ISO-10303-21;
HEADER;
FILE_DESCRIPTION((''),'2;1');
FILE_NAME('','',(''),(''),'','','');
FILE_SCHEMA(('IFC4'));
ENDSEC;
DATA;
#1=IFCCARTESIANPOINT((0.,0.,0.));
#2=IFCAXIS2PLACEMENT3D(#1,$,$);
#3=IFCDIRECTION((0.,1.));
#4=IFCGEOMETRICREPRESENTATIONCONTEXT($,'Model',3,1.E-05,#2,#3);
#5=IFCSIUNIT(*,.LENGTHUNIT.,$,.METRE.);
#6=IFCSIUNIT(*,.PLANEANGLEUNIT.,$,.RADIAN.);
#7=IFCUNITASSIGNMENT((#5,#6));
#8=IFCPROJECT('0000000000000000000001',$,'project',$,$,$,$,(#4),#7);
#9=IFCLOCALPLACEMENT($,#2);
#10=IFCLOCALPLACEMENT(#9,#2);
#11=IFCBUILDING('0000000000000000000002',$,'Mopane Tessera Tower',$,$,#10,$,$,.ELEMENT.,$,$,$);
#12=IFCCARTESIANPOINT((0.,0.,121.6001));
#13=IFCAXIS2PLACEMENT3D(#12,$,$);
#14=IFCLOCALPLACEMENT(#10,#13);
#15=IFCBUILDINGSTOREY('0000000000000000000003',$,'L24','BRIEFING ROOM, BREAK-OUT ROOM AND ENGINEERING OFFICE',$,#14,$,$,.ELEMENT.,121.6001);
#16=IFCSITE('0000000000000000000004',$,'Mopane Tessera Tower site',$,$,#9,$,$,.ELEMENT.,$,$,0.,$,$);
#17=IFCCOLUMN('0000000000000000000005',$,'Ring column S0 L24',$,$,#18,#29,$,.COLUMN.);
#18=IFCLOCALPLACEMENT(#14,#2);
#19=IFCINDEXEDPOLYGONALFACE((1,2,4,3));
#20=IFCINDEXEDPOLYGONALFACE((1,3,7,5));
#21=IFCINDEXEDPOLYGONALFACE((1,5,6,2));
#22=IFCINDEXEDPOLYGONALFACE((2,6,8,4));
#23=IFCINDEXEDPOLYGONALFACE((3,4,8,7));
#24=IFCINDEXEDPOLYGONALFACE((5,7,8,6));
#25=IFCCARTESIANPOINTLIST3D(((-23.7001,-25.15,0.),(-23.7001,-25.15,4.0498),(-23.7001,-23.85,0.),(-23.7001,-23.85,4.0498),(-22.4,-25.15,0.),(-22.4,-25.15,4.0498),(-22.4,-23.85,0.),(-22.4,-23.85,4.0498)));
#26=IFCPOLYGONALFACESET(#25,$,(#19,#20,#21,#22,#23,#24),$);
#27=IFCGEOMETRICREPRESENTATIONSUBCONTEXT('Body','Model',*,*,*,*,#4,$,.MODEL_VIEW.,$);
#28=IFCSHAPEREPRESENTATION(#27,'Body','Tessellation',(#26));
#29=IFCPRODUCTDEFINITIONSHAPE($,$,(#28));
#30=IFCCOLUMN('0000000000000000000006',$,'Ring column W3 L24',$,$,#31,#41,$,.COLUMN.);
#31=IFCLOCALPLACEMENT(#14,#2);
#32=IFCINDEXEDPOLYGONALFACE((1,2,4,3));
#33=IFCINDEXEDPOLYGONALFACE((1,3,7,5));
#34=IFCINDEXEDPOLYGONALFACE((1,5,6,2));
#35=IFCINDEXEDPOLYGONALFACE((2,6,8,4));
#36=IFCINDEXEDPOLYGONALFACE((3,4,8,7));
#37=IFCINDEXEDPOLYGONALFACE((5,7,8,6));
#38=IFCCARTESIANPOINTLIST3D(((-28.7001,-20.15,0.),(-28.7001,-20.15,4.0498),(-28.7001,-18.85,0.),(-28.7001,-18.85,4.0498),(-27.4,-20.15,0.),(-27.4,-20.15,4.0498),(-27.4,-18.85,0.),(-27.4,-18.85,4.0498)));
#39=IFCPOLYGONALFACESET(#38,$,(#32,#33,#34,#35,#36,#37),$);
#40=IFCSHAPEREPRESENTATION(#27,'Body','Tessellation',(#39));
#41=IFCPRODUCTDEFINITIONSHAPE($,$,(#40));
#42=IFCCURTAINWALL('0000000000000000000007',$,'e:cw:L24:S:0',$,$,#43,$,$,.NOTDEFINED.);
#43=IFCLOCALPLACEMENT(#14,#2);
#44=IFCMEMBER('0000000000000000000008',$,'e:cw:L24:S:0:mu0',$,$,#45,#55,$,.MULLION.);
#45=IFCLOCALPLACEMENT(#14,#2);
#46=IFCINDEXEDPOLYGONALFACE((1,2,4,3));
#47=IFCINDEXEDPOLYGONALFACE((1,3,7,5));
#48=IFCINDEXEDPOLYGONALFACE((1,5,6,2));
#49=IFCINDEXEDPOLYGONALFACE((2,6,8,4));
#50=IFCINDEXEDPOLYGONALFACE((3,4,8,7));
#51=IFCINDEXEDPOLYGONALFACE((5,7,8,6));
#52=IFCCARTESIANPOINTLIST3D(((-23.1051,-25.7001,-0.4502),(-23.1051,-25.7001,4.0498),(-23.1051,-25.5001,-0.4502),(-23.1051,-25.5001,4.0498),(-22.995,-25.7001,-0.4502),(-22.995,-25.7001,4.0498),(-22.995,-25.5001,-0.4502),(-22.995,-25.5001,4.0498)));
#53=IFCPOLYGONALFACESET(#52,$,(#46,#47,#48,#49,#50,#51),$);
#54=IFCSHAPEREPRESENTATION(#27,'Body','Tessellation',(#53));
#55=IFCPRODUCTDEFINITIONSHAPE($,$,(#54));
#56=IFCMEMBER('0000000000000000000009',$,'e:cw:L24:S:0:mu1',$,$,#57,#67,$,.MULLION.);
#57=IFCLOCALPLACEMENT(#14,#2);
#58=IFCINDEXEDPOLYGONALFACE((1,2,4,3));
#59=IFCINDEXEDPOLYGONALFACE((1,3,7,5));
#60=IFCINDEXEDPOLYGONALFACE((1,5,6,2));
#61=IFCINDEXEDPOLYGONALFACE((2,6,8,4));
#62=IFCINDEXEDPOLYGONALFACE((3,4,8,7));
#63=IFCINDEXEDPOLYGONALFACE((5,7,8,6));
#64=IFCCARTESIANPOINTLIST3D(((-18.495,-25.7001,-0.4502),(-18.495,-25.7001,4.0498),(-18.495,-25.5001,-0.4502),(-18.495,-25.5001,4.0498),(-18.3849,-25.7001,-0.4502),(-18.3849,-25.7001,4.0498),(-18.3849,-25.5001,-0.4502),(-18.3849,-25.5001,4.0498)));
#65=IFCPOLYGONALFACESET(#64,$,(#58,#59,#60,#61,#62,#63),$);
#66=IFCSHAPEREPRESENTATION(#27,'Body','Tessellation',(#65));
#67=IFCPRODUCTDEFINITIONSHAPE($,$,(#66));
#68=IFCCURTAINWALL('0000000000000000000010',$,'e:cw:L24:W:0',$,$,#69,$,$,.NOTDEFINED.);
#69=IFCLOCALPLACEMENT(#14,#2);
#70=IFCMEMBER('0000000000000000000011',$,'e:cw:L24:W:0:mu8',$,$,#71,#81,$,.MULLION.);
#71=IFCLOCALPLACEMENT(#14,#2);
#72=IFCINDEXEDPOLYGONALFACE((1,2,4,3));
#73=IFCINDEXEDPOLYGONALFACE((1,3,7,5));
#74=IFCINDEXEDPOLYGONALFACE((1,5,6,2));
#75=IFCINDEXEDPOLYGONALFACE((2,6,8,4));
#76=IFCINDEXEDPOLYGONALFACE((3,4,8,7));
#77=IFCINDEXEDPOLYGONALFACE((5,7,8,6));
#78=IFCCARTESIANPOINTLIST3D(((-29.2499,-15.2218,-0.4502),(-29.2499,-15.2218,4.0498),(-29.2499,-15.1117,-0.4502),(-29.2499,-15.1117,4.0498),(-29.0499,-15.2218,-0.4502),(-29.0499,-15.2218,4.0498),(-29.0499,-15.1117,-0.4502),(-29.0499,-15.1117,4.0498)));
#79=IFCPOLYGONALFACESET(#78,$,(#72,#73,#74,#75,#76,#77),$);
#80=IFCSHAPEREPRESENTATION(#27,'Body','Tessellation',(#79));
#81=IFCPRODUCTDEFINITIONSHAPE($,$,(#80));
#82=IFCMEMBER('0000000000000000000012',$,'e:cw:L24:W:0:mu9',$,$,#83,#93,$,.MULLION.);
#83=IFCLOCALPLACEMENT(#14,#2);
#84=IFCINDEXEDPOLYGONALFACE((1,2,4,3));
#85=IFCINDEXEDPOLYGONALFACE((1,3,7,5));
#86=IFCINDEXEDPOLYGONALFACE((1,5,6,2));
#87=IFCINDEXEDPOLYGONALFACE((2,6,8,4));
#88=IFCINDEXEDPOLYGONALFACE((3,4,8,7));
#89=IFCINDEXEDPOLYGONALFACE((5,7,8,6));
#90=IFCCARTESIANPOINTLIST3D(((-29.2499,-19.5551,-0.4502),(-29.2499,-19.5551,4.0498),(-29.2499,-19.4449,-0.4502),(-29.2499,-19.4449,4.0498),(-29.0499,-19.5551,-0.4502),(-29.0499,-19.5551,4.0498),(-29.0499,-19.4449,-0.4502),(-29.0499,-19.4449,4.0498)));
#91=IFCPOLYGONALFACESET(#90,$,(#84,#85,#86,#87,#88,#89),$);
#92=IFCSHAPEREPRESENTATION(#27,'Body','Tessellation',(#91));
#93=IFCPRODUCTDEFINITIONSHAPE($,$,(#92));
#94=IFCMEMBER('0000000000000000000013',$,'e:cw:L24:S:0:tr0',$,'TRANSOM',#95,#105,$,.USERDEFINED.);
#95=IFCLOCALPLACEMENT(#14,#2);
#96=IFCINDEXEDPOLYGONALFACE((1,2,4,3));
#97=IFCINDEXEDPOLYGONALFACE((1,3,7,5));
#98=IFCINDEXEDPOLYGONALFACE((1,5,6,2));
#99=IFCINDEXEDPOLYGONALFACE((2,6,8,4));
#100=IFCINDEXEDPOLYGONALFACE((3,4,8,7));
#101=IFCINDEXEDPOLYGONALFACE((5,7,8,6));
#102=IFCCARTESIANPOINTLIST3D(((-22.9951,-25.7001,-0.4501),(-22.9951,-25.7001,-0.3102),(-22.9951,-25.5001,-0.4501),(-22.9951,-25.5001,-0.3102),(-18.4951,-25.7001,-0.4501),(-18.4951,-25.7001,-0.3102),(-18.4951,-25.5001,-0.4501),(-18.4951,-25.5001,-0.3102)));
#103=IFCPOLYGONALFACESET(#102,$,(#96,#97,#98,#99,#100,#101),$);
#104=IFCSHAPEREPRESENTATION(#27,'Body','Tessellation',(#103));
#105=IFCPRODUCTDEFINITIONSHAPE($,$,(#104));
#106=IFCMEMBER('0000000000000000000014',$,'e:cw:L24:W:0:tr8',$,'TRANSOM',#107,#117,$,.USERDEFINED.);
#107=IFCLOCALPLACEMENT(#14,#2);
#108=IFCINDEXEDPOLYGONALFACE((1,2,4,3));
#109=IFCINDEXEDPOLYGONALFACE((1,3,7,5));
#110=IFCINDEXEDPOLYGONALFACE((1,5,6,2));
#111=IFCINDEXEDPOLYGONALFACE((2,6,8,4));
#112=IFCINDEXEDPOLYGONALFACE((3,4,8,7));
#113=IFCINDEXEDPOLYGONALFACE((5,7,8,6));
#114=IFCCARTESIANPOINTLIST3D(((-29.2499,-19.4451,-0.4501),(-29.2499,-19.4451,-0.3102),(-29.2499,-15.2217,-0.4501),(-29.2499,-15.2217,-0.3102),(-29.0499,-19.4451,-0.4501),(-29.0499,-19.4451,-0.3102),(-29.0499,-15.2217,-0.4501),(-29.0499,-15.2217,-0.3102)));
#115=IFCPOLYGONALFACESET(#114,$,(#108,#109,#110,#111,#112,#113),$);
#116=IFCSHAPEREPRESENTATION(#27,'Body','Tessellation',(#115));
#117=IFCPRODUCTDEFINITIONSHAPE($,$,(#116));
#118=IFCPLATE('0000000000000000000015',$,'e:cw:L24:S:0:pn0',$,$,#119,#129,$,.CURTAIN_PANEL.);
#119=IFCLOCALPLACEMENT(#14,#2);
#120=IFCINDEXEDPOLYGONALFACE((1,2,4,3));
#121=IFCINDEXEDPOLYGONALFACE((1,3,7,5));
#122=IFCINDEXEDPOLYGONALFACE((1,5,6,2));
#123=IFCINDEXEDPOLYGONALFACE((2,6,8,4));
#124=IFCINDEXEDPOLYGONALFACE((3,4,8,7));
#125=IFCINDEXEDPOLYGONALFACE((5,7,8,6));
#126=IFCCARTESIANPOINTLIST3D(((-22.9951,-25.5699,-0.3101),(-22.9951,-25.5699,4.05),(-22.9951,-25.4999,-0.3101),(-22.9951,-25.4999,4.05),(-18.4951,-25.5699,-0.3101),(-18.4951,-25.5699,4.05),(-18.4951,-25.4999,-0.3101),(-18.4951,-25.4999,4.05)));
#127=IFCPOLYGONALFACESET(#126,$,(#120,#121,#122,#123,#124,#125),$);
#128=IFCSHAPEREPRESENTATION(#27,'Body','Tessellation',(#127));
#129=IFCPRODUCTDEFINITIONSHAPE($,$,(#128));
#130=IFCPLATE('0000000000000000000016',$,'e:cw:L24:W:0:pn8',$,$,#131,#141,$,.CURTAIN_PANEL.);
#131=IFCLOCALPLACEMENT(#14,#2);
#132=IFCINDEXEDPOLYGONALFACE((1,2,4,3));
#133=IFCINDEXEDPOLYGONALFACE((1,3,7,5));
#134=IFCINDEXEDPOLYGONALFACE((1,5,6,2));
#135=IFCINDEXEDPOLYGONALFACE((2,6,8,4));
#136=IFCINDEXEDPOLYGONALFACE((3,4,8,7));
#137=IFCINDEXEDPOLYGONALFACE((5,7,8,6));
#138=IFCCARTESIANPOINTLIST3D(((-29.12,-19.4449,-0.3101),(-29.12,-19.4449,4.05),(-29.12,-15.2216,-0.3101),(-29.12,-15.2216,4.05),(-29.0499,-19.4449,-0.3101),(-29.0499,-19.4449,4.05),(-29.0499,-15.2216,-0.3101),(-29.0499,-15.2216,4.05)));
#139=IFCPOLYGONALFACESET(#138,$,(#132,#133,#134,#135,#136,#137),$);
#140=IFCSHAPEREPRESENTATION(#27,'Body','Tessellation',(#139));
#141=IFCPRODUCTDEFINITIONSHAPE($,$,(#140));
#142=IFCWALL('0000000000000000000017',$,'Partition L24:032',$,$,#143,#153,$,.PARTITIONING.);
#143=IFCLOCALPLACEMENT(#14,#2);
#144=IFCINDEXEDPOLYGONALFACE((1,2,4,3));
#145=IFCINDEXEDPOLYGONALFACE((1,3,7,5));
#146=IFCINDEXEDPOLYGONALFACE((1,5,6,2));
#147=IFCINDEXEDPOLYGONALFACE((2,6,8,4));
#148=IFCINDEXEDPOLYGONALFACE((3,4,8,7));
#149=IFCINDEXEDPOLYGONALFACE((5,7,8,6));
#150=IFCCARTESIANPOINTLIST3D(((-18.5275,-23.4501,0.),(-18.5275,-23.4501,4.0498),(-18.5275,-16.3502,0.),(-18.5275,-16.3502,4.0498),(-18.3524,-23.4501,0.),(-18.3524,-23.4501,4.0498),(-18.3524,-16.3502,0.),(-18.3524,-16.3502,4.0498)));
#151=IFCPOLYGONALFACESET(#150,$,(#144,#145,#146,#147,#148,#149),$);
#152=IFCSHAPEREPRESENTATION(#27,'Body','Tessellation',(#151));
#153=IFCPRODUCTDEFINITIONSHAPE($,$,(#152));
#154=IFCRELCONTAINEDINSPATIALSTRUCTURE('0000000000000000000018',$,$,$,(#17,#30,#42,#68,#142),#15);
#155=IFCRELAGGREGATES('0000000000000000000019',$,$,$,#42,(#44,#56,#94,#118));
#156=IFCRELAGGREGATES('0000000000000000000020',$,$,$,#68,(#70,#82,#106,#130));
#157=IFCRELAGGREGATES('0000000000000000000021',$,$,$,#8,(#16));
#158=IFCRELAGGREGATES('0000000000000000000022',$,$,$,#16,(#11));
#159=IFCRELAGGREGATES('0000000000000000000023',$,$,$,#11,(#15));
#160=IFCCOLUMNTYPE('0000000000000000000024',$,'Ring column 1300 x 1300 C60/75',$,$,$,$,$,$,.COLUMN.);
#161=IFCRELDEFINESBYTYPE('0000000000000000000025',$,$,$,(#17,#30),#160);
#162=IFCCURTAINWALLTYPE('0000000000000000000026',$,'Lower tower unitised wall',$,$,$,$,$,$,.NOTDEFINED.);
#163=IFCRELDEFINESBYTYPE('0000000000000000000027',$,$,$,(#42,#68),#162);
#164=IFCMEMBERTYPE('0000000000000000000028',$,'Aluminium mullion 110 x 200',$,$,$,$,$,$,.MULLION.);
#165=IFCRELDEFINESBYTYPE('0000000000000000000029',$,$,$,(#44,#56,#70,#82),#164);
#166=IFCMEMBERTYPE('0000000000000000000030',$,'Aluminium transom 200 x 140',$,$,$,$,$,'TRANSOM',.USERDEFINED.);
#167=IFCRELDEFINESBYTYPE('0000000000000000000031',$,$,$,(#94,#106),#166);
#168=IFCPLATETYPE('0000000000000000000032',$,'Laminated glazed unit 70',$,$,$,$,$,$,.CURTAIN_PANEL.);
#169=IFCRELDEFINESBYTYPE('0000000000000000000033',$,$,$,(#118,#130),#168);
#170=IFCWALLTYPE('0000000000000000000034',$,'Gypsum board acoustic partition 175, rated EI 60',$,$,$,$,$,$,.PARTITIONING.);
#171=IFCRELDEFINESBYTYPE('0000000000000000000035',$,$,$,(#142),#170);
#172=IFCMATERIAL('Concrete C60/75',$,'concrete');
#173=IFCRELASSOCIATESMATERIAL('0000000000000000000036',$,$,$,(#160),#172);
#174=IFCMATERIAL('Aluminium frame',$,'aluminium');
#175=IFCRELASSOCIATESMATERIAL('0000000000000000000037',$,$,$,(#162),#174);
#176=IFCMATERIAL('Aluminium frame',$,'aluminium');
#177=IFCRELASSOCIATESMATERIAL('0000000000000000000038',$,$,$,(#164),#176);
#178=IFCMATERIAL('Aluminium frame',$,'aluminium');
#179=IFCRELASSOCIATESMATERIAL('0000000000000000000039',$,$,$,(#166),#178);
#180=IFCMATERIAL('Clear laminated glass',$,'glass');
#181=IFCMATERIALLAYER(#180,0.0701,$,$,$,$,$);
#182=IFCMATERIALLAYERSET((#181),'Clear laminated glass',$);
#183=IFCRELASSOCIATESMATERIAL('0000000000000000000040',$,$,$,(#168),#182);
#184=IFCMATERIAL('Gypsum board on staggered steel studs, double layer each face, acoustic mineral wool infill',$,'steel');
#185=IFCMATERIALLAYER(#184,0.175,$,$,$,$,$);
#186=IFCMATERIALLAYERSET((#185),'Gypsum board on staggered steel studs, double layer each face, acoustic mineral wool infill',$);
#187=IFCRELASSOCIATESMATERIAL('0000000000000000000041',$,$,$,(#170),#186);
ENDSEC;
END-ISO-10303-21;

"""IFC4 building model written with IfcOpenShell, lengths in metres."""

from ifc_helpers import new_model, si_unit, direction, frame, frame_2d, origin, origin_2d, place, context, subcontext, project, spatial, rectangle, extrude, material, layer, layer_set, material_profile, profile_set, type_object, element, aggregate, save


model = new_model("IFC4")

# Units and contexts
model_context = context("Model", 3, precision=1e-05, world=origin(), true_north=direction((0.0, 1.0)))
body_context = subcontext(model_context, "Body", "Model", "MODEL_VIEW")
ifc_project = project(units=[si_unit("LENGTHUNIT", "METRE"), si_unit("PLANEANGLEUNIT", "RADIAN")], contexts=[model_context])

# Site, building, storey
site_placement = place(None, origin())
site = spatial("IfcSite", under=ifc_project, at=site_placement, Name="Mopane Tessera Tower site", CompositionType="ELEMENT", RefElevation=0.0)
building_placement = place(site_placement, origin())
building = spatial("IfcBuilding", under=site, at=building_placement, Name="Mopane Tessera Tower", CompositionType="ELEMENT")
storey_placement = place(building_placement, frame((0.0, 0.0, 121.6001)))
storey = spatial("IfcBuildingStorey", under=building, at=storey_placement, Name="L24", Description="BRIEFING ROOM, BREAK-OUT ROOM AND ENGINEERING OFFICE", CompositionType="ELEMENT", Elevation=121.6001)

# Columns
ifc_material_1 = material(Name="Concrete C60/75", Category="concrete")
ifc_material_profile_1 = material_profile(ifc_material_1, rectangle(XDim=1.3, YDim=1.3, at=origin_2d()))
ifc_profile_set_1 = profile_set([ifc_material_profile_1], Name="Concrete C60/75")
column_type = type_object("IfcColumnType", Name="Ring column 1300 x 1300 C60/75", PredefinedType="COLUMN", material=ifc_profile_set_1)
for number, where, z_axis, x_axis, name in (
    (1, (-23.05, -24.5, 0.0), (0.0, 0.0, 1.0), (1.0, 0.0, 0.0), "Ring column S0 L24"),
    (2, (-28.05, -19.5, 0.0), (0.0, 0.0, 1.0), (1.0, 0.0, 0.0), "Ring column W3 L24"),
):
    element("IfcColumn", number, at=place(storey_placement, frame(where, z_axis=z_axis, x_axis=x_axis)), inside=storey, type_object=column_type, Name=name, PredefinedType="COLUMN", context=body_context, shape_type="SweptSolid", body=[
        extrude(rectangle(XDim=1.3, YDim=1.3, at=origin_2d()), origin(), (0.0, 0.0, 1.0), 4.0498),
    ])

# Curtain walls, members
ifc_material_2 = material(Name="Aluminium frame", Category="aluminium")
curtain_wall_type = type_object("IfcCurtainWallType", Name="Lower tower unitised wall", PredefinedType="NOTDEFINED", material=ifc_material_2)
curtain_wall_1_placement = place(storey_placement, origin())
curtain_wall_1 = element("IfcCurtainWall", 3, at=curtain_wall_1_placement, inside=storey, type_object=curtain_wall_type, Name="e:cw:L24:S:0", PredefinedType="NOTDEFINED")
ifc_material_3 = material(Name="Aluminium frame", Category="aluminium")
ifc_material_profile_2 = material_profile(ifc_material_3, rectangle(XDim=0.1101, YDim=0.2, at=origin_2d()))
ifc_profile_set_2 = profile_set([ifc_material_profile_2], Name="Aluminium frame")
member_type_1 = type_object("IfcMemberType", Name="Aluminium mullion 110 x 200", PredefinedType="MULLION", material=ifc_profile_set_2)
member_1_placement = place(storey_placement, frame((-23.05, -25.6001, -0.4502), z_axis=(0.0, 0.0, 1.0), x_axis=(1.0, 0.0, 0.0)))
member_1 = element("IfcMember", 4, at=member_1_placement, type_object=member_type_1, Name="e:cw:L24:S:0:mu0", PredefinedType="MULLION", context=body_context, shape_type="SweptSolid", body=[
    extrude(rectangle(XDim=0.1101, YDim=0.2, at=origin_2d()), origin(), (0.0, 0.0, 1.0), 4.5),
])
member_2_placement = place(storey_placement, frame((-18.4399, -25.6001, -0.4502), z_axis=(0.0, 0.0, 1.0), x_axis=(1.0, 0.0, 0.0)))
member_2 = element("IfcMember", 5, at=member_2_placement, type_object=member_type_1, Name="e:cw:L24:S:0:mu1", PredefinedType="MULLION", context=body_context, shape_type="SweptSolid", body=[
    extrude(rectangle(XDim=0.1101, YDim=0.2, at=origin_2d()), origin(), (0.0, 0.0, 1.0), 4.5),
])
curtain_wall_2_placement = place(storey_placement, origin())
curtain_wall_2 = element("IfcCurtainWall", 6, at=curtain_wall_2_placement, inside=storey, type_object=curtain_wall_type, Name="e:cw:L24:W:0", PredefinedType="NOTDEFINED")
member_3_placement = place(storey_placement, frame((-29.1499, -15.1667, -0.4502), z_axis=(0.0, 0.0, 1.0), x_axis=(0.0, -1.0, 0.0)))
member_3 = element("IfcMember", 7, at=member_3_placement, type_object=member_type_1, Name="e:cw:L24:W:0:mu8", PredefinedType="MULLION", context=body_context, shape_type="SweptSolid", body=[
    extrude(rectangle(XDim=0.1101, YDim=0.2, at=origin_2d()), origin(), (0.0, 0.0, 1.0), 4.5),
])
member_4_placement = place(storey_placement, frame((-29.1499, -19.5, -0.4502), z_axis=(0.0, 0.0, 1.0), x_axis=(0.0, -1.0, 0.0)))
member_4 = element("IfcMember", 8, at=member_4_placement, type_object=member_type_1, Name="e:cw:L24:W:0:mu9", PredefinedType="MULLION", context=body_context, shape_type="SweptSolid", body=[
    extrude(rectangle(XDim=0.1101, YDim=0.2, at=origin_2d()), origin(), (0.0, 0.0, 1.0), 4.5),
])

# Members
ifc_material_4 = material(Name="Aluminium frame", Category="aluminium")
ifc_material_profile_3 = material_profile(ifc_material_4, rectangle(XDim=0.2, YDim=0.1399, at=origin_2d()))
ifc_profile_set_3 = profile_set([ifc_material_profile_3], Name="Aluminium frame")
member_type_2 = type_object("IfcMemberType", Name="Aluminium transom 200 x 140", ElementType="TRANSOM", PredefinedType="USERDEFINED", material=ifc_profile_set_3)
member_5_placement = place(storey_placement, frame((-22.9951, -25.6001, -0.3801), z_axis=(1.0, 0.0, 0.0), x_axis=(0.0, 1.0, 0.0)))
member_5 = element("IfcMember", 9, at=member_5_placement, type_object=member_type_2, Name="e:cw:L24:S:0:tr0", ObjectType="TRANSOM", PredefinedType="USERDEFINED", context=body_context, shape_type="SweptSolid", body=[
    extrude(rectangle(XDim=0.2, YDim=0.1399, at=origin_2d()), origin(), (0.0, 0.0, 1.0), 4.5),
])
member_6_placement = place(storey_placement, frame((-29.1499, -15.2217, -0.3801), z_axis=(0.0, -1.0, 0.0), x_axis=(1.0, 0.0, 0.0)))
member_6 = element("IfcMember", 10, at=member_6_placement, type_object=member_type_2, Name="e:cw:L24:W:0:tr8", ObjectType="TRANSOM", PredefinedType="USERDEFINED", context=body_context, shape_type="SweptSolid", body=[
    extrude(rectangle(XDim=0.2, YDim=0.1399, at=origin_2d()), origin(), (0.0, 0.0, 1.0), 4.2234),
])

# Plates
ifc_material_5 = material(Name="Clear laminated glass", Category="glass")
ifc_layer_1 = layer(ifc_material_5, 0.0701)
ifc_layer_set_1 = layer_set([ifc_layer_1], Name="Clear laminated glass")
plate_type = type_object("IfcPlateType", Name="Laminated glazed unit 70", PredefinedType="CURTAIN_PANEL", material=ifc_layer_set_1)
plate_1_placement = place(storey_placement, frame((-20.7451, -25.5349, -0.3101), z_axis=(0.0, 0.0, 1.0), x_axis=(1.0, 0.0, 0.0)))
plate_1 = element("IfcPlate", 11, at=plate_1_placement, type_object=plate_type, Name="e:cw:L24:S:0:pn0", PredefinedType="CURTAIN_PANEL", context=body_context, shape_type="SweptSolid", body=[
    extrude(rectangle(XDim=4.5, YDim=0.0701, at=origin_2d()), origin(), (0.0, 0.0, 1.0), 4.3601),
])
aggregate(curtain_wall_1, [member_1, member_2, member_5, plate_1])
plate_2_placement = place(storey_placement, frame((-29.085, -17.3333, -0.3101), z_axis=(0.0, 0.0, 1.0), x_axis=(0.0, -1.0, 0.0)))
plate_2 = element("IfcPlate", 12, at=plate_2_placement, type_object=plate_type, Name="e:cw:L24:W:0:pn8", PredefinedType="CURTAIN_PANEL", context=body_context, shape_type="SweptSolid", body=[
    extrude(rectangle(XDim=4.2234, YDim=0.0701, at=origin_2d()), origin(), (0.0, 0.0, 1.0), 4.3601),
])
aggregate(curtain_wall_2, [member_3, member_4, member_6, plate_2])

# Wall
ifc_material_6 = material(Name="Gypsum board on staggered steel studs, double layer each face, acoustic mineral wool infill", Category="steel")
ifc_layer_2 = layer(ifc_material_6, 0.175)
ifc_layer_set_2 = layer_set([ifc_layer_2], Name="Gypsum board on staggered steel studs, double layer each face, acoustic mineral wool infill")
wall_type_1 = type_object("IfcWallType", Name="Gypsum board acoustic partition 175, rated EI 60", PredefinedType="PARTITIONING", material=ifc_layer_set_2)
wall_1_placement = place(storey_placement, frame((-18.4399, -23.45, 0.0), z_axis=(0.0, 0.0, 1.0), x_axis=(0.0, 1.0, 0.0)))
element("IfcWall", 13, at=wall_1_placement, inside=storey, type_object=wall_type_1, Name="Partition L24:032", PredefinedType="PARTITIONING", context=body_context, shape_type="SweptSolid", body=[
    extrude(rectangle(XDim=7.0999, YDim=0.175, at=frame_2d((3.5498, 0.0))), origin(), (0.0, 0.0, 1.0), 4.0498),
])

save(model, "model.ifc")
